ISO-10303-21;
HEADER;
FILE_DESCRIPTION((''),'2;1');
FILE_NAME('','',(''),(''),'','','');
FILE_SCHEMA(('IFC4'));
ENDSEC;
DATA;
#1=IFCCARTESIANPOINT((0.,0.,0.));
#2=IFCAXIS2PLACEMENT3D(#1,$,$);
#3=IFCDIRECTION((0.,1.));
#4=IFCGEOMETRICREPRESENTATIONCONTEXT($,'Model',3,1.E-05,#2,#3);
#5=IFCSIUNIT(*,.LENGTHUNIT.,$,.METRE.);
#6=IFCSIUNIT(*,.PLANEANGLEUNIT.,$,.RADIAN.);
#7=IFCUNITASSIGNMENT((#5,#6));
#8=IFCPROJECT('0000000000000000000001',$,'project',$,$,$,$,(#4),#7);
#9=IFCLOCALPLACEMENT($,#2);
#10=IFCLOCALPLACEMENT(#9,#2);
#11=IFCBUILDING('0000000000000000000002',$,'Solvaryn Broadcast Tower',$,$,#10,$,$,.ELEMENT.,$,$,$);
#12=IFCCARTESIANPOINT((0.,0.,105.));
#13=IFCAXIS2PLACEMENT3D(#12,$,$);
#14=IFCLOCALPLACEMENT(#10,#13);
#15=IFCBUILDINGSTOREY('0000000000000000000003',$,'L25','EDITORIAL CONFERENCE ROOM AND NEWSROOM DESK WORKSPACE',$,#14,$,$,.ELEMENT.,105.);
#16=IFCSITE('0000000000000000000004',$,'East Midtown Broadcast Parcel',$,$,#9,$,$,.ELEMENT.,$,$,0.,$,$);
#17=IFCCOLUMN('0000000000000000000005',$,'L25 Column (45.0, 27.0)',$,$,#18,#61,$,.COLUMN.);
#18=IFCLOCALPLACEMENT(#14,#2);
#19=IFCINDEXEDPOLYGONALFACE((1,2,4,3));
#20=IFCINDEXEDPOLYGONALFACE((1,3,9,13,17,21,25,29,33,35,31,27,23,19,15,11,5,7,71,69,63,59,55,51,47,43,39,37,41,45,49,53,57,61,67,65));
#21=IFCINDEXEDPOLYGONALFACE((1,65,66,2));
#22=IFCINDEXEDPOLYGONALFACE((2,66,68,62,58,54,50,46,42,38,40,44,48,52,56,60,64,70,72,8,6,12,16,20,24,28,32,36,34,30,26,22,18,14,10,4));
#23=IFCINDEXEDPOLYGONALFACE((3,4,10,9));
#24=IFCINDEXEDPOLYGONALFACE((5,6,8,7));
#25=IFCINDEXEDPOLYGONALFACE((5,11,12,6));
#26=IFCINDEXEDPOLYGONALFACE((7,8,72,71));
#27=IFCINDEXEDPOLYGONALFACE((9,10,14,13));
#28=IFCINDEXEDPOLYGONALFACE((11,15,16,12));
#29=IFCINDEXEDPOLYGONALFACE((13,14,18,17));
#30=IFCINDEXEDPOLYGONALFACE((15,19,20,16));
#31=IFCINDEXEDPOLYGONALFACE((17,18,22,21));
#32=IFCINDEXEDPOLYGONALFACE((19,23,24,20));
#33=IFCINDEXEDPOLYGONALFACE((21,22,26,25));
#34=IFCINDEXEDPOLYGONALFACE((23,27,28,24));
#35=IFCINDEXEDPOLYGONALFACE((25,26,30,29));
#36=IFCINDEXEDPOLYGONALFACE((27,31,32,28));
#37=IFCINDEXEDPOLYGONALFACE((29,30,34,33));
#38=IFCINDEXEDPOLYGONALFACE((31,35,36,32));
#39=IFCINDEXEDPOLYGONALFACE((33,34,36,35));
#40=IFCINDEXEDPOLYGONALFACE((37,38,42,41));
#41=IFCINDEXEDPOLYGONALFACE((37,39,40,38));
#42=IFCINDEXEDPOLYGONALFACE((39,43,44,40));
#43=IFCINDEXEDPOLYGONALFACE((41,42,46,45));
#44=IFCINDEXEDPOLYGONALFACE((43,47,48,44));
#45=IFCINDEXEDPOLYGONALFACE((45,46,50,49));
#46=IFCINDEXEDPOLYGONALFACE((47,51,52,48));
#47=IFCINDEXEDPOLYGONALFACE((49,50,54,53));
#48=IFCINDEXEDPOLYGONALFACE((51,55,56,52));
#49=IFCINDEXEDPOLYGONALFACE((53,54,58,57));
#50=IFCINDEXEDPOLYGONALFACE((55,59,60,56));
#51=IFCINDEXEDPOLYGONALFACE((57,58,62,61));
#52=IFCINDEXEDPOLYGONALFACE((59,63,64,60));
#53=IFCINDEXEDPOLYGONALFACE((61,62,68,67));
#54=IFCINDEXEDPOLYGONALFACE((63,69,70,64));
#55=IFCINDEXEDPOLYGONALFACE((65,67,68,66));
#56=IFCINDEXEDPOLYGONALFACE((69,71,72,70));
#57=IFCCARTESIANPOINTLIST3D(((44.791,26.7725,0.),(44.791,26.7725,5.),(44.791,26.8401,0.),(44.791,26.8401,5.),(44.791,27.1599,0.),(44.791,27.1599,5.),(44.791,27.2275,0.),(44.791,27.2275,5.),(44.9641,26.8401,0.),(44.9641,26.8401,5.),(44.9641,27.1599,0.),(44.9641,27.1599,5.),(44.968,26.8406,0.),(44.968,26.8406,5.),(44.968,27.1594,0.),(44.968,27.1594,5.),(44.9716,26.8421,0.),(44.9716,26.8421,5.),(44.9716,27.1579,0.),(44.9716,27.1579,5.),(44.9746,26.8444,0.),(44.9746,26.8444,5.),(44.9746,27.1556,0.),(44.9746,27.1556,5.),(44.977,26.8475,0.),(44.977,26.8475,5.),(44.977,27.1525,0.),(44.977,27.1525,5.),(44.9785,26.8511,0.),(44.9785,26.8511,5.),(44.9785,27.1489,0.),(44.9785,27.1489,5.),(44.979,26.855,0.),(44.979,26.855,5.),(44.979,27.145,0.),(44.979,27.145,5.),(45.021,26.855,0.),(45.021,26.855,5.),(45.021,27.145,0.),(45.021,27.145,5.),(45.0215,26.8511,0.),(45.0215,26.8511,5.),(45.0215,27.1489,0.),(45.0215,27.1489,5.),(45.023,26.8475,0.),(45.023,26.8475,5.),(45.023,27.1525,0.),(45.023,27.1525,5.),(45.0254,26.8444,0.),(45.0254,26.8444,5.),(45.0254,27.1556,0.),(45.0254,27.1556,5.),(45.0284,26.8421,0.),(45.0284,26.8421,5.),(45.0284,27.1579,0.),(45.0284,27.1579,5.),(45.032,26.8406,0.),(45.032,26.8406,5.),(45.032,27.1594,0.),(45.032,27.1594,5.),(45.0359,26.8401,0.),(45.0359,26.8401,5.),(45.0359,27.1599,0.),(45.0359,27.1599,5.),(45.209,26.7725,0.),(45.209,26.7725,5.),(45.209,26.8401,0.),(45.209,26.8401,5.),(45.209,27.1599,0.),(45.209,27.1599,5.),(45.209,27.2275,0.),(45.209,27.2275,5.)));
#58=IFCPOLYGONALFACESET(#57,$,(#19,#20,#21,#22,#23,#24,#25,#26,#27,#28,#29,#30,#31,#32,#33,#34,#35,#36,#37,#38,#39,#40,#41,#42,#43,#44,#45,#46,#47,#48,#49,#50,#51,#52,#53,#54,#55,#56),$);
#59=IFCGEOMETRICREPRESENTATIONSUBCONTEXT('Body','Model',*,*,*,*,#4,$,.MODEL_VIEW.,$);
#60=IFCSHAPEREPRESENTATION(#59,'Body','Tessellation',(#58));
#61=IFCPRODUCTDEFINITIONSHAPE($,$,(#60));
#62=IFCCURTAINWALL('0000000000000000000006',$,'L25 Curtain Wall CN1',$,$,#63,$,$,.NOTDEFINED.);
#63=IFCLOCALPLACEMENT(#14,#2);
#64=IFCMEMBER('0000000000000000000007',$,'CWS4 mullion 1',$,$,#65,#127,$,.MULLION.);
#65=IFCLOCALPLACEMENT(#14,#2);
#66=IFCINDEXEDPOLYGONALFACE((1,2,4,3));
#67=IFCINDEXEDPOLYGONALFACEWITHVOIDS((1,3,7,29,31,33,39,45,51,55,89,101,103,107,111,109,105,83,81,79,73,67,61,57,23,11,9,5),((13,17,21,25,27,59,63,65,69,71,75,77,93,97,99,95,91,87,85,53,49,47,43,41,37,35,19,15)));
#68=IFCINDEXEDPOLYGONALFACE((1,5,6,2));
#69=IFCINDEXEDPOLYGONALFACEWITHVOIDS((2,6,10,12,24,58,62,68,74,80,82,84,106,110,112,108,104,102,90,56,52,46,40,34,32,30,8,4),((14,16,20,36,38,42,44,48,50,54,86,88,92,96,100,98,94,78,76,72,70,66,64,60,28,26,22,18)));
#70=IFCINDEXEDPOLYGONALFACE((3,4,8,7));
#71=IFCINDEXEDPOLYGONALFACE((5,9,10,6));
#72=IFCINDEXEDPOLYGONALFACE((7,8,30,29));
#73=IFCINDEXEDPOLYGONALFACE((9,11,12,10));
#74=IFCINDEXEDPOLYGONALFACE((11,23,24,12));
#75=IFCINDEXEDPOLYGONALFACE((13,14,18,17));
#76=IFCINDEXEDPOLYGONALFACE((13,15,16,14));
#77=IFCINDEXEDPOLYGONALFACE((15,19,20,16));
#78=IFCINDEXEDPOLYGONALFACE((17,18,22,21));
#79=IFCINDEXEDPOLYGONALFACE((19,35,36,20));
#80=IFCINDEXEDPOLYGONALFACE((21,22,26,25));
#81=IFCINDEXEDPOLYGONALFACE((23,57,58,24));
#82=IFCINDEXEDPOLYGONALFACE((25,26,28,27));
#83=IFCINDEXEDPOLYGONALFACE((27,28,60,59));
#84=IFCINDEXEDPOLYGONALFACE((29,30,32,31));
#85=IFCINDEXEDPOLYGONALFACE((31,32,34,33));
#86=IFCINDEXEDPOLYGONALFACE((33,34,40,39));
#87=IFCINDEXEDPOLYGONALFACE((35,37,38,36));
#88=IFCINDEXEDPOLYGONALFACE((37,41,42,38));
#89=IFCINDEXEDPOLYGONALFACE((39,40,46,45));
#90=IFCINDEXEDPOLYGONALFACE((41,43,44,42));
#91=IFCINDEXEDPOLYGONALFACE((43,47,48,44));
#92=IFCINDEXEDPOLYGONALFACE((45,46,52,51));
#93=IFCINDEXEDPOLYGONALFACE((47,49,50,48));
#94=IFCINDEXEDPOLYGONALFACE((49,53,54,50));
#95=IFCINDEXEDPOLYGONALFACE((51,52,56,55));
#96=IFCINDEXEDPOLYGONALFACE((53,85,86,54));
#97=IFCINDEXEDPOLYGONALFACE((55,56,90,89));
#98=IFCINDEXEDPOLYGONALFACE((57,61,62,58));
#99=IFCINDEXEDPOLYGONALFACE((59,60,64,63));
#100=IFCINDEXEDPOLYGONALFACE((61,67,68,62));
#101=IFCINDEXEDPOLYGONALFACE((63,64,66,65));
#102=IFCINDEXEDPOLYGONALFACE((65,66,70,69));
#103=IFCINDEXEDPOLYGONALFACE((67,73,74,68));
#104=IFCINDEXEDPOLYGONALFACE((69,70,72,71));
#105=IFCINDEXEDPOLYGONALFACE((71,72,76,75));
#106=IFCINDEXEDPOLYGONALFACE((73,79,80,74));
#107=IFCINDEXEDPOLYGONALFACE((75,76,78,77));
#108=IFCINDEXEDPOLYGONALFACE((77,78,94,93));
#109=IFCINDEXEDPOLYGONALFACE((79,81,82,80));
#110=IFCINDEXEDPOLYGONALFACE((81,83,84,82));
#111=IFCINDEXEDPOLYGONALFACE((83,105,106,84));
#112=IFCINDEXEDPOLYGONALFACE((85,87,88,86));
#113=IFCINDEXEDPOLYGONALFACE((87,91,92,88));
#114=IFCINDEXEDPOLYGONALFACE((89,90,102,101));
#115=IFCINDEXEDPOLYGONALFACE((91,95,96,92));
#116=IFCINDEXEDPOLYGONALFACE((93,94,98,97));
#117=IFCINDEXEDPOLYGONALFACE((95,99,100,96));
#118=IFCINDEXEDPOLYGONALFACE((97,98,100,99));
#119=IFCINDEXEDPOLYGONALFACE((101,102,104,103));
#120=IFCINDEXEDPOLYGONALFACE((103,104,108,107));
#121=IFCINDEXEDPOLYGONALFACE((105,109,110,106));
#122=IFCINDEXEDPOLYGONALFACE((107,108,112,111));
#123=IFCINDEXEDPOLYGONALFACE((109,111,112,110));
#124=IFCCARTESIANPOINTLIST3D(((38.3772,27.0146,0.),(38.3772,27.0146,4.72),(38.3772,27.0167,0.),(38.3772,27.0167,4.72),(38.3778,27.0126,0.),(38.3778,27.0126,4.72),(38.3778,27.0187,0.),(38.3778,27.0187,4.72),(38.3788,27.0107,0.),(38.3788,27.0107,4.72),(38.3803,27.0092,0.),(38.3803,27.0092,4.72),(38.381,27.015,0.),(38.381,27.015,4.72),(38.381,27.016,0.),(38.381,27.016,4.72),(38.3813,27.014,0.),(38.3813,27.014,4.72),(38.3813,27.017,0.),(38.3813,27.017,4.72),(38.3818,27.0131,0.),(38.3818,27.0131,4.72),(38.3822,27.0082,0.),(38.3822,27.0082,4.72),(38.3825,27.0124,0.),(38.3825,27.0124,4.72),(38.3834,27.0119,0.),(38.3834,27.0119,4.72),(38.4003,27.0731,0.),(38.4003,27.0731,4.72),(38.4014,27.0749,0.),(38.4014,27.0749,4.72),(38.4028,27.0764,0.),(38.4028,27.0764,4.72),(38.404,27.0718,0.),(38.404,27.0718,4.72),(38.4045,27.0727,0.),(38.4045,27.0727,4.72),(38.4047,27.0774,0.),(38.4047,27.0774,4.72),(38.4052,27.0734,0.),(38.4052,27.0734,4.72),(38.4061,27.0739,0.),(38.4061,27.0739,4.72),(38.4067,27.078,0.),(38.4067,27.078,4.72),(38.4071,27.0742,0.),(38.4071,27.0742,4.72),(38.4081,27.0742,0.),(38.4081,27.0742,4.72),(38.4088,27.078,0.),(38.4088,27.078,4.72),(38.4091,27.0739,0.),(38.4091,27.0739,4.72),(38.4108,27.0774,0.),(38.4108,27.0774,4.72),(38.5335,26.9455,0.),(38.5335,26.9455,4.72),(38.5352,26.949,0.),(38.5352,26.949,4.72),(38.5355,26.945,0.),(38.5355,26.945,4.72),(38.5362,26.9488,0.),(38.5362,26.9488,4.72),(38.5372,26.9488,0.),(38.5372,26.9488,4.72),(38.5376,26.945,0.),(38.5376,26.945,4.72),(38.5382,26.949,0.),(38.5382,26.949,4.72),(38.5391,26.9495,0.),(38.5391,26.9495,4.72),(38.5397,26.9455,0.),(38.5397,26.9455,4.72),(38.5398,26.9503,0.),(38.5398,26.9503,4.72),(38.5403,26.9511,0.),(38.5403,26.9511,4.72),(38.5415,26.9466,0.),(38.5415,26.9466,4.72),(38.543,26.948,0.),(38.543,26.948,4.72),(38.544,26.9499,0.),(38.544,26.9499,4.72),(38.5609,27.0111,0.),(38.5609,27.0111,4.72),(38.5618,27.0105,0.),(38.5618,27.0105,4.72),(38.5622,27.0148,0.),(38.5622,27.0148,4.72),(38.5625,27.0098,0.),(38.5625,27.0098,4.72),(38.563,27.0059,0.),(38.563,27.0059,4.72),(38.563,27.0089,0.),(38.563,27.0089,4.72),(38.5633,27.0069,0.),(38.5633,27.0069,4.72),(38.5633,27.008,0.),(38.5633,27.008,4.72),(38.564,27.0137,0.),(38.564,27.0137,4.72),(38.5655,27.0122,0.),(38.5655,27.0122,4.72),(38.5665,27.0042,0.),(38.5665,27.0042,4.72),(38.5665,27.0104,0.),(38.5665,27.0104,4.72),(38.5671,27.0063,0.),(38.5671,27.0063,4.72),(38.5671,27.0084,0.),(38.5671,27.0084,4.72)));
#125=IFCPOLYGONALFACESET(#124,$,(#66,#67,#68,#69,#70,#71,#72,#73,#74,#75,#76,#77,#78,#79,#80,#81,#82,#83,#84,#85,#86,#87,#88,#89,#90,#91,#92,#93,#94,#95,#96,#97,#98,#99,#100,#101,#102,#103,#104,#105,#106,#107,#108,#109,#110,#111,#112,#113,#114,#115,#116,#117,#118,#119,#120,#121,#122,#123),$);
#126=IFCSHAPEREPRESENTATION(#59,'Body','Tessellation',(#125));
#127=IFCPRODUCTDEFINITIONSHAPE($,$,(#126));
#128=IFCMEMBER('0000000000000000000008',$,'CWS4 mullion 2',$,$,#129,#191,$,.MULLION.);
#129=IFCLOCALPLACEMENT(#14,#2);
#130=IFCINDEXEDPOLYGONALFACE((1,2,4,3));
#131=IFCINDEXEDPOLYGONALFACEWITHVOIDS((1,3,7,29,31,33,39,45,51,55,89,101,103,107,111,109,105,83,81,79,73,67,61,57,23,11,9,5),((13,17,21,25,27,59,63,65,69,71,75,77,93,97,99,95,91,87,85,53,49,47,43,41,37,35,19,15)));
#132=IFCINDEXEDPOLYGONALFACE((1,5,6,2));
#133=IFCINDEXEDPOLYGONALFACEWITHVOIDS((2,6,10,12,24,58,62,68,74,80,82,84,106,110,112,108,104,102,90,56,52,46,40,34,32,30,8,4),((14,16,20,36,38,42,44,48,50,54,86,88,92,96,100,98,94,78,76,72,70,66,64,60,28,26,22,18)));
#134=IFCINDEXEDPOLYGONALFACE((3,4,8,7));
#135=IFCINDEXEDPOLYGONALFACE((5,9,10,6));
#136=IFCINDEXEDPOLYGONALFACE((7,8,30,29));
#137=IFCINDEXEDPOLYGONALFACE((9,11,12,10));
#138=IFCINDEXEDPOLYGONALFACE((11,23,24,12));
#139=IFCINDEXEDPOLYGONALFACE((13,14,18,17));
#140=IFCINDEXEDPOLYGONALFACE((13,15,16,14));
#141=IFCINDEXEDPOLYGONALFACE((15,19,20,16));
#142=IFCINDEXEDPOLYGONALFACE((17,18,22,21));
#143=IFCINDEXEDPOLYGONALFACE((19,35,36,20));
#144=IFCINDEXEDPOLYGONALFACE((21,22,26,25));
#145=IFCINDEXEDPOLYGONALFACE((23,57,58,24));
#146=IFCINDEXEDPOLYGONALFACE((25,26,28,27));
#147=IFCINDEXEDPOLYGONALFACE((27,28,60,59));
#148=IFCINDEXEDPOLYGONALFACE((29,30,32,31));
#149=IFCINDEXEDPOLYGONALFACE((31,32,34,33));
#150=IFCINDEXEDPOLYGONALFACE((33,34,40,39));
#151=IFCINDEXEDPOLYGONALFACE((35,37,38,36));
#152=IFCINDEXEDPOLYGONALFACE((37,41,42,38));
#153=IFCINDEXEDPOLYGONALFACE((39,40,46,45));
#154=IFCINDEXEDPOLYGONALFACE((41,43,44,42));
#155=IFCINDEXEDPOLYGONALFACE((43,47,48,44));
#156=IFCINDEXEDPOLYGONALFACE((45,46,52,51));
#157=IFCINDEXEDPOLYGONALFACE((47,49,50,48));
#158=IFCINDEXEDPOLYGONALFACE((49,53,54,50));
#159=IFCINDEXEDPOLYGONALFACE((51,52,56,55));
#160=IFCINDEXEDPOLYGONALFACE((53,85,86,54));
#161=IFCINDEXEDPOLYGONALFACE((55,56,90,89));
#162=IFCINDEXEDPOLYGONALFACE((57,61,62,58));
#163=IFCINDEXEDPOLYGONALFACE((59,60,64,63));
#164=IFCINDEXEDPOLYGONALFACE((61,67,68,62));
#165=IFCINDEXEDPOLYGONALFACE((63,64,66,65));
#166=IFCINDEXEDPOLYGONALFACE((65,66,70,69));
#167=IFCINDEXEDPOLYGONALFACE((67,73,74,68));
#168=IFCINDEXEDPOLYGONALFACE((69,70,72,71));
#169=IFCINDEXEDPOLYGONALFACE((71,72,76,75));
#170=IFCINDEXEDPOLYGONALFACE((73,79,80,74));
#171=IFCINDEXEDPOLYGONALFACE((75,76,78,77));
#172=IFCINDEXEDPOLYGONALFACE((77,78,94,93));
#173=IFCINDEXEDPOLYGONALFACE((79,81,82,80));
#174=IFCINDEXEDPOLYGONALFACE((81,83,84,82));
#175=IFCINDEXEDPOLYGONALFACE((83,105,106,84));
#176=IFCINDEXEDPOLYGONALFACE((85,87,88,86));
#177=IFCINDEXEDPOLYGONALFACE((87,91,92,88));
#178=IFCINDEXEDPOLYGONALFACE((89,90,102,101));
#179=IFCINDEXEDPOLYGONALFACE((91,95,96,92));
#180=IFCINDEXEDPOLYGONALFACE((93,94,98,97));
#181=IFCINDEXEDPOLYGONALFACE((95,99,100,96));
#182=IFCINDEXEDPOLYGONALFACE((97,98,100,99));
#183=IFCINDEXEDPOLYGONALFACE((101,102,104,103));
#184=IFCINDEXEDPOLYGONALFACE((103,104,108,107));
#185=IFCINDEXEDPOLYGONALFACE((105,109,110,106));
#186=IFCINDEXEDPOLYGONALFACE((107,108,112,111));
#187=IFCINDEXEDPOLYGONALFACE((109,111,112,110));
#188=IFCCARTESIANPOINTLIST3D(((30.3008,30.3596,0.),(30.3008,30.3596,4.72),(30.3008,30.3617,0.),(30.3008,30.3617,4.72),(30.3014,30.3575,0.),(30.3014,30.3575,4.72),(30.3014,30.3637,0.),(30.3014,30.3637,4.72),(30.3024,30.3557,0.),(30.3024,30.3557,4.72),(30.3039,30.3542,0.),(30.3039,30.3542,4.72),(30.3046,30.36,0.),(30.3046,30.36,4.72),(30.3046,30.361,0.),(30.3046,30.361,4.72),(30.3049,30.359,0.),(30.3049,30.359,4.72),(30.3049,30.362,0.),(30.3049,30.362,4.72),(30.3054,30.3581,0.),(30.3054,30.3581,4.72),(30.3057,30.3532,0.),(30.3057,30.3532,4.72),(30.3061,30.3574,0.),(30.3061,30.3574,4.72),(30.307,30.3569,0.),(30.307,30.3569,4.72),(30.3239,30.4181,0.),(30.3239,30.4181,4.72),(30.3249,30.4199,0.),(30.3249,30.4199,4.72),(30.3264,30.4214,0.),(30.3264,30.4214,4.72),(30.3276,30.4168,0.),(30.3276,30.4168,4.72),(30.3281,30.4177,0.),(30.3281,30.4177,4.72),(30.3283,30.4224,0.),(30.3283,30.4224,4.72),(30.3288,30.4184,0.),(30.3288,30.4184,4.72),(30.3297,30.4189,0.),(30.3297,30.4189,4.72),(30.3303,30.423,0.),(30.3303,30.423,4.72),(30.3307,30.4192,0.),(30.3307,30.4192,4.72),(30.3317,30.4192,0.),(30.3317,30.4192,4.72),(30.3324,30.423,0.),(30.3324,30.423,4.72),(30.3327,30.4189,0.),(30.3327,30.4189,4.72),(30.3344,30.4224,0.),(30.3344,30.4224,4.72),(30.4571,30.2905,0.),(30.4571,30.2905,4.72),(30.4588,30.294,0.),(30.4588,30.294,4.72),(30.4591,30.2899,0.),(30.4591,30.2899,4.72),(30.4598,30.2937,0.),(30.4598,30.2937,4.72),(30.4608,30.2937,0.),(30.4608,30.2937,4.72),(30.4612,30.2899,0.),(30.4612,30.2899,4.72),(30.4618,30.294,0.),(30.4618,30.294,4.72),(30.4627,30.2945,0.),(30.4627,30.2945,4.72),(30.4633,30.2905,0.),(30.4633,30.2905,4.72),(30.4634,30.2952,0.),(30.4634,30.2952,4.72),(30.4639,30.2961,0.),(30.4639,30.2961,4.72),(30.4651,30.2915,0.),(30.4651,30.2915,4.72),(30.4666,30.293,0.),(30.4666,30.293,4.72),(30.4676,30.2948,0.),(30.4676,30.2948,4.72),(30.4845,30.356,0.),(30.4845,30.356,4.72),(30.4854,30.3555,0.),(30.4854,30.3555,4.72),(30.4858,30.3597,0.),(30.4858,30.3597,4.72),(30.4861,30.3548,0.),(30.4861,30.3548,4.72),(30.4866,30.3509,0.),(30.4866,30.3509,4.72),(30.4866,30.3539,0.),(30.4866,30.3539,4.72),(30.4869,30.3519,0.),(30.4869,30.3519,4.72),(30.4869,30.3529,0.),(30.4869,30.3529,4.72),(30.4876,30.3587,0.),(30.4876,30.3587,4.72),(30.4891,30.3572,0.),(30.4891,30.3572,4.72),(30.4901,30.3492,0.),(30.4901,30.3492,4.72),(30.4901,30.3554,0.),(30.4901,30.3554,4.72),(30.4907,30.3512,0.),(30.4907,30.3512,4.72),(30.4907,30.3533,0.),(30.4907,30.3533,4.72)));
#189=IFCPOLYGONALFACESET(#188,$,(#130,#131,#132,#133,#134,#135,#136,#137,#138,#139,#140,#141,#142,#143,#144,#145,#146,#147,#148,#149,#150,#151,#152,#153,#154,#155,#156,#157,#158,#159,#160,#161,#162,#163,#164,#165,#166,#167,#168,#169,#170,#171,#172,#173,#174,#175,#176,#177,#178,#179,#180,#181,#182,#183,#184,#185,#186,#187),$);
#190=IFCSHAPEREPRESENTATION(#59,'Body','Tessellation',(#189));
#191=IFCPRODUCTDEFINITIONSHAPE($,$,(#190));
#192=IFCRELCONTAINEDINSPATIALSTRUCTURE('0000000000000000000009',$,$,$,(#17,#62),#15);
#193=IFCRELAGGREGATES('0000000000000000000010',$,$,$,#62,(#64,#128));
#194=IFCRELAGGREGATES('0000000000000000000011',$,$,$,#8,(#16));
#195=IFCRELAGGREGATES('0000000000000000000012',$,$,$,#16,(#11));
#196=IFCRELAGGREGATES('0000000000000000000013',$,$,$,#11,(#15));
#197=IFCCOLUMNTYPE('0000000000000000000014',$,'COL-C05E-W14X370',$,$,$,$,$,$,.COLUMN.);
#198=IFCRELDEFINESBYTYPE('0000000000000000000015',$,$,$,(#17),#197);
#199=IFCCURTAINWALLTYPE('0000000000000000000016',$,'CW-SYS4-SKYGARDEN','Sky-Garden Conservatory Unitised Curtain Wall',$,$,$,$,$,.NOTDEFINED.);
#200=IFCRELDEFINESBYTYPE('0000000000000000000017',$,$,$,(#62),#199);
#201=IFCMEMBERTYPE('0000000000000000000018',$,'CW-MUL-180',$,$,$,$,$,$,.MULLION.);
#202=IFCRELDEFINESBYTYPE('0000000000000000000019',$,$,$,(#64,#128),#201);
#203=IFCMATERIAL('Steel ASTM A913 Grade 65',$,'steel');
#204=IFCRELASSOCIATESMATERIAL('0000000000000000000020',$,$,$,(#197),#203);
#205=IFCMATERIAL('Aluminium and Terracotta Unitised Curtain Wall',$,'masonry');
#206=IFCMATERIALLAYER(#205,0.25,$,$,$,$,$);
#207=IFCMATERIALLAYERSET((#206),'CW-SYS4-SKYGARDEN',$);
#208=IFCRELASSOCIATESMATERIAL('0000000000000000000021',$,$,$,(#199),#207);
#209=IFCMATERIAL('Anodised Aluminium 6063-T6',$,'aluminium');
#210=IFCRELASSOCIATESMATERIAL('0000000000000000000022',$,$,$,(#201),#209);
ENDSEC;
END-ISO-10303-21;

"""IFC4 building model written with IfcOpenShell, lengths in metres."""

from ifc_helpers import new_model, si_unit, direction, frame, origin, origin_2d, place, context, subcontext, project, spatial, hollow_rectangle, i_section, extrude, material, layer, layer_set, material_profile, profile_set, type_object, element, aggregate, save


model = new_model("IFC4")

# Units and contexts
model_context = context("Model", 3, precision=1e-05, world=origin(), true_north=direction((0.0, 1.0)))
body_context = subcontext(model_context, "Body", "Model", "MODEL_VIEW")
ifc_project = project(units=[si_unit("LENGTHUNIT", "METRE"), si_unit("PLANEANGLEUNIT", "RADIAN")], contexts=[model_context])

# Site, building, storey
site_placement = place(None, origin())
site = spatial("IfcSite", under=ifc_project, at=site_placement, Name="East Midtown Broadcast Parcel", CompositionType="ELEMENT", RefElevation=0.0)
building_placement = place(site_placement, origin())
building = spatial("IfcBuilding", under=site, at=building_placement, Name="Solvaryn Broadcast Tower", CompositionType="ELEMENT")
storey_placement = place(building_placement, frame((0.0, 0.0, 105.0)))
storey = spatial("IfcBuildingStorey", under=building, at=storey_placement, Name="L25", Description="EDITORIAL CONFERENCE ROOM AND NEWSROOM DESK WORKSPACE", CompositionType="ELEMENT", Elevation=105.0)

# Column
ifc_material_1 = material(Name="Steel ASTM A913 Grade 65", Category="steel")
ifc_material_profile_1 = material_profile(ifc_material_1, i_section(OverallWidth=0.418, OverallDepth=0.4551, WebThickness=0.042, FlangeThickness=0.0676, FilletRadius=0.0149, at=origin_2d()))
ifc_profile_set_1 = profile_set([ifc_material_profile_1], Name="Steel ASTM A913 Grade 65")
column_type = type_object("IfcColumnType", Name="COL-C05E-W14X370", PredefinedType="COLUMN", material=ifc_profile_set_1)
column_placement = place(storey_placement, frame((45.0, 27.0, 0.0), z_axis=(0.0, 0.0, 1.0), x_axis=(1.0, 0.0, 0.0)))
element("IfcColumn", 1, at=column_placement, inside=storey, type_object=column_type, Name="L25 Column (45.0, 27.0)", PredefinedType="COLUMN", context=body_context, shape_type="SweptSolid", body=[
    extrude(i_section(OverallWidth=0.418, OverallDepth=0.4551, WebThickness=0.042, FlangeThickness=0.0676, FilletRadius=0.0149, at=origin_2d()), origin(), (0.0, 0.0, 1.0), 5.0),
])

# Curtain wall, members
ifc_material_2 = material(Name="Aluminium and Terracotta Unitised Curtain Wall", Category="masonry")
ifc_layer_1 = layer(ifc_material_2, 0.25)
ifc_layer_set_1 = layer_set([ifc_layer_1], Name="CW-SYS4-SKYGARDEN")
curtain_wall_type = type_object("IfcCurtainWallType", Name="CW-SYS4-SKYGARDEN", Description="Sky-Garden Conservatory Unitised Curtain Wall", PredefinedType="NOTDEFINED", material=ifc_layer_set_1)
curtain_wall_1_placement = place(storey_placement, origin())
curtain_wall_1 = element("IfcCurtainWall", 2, at=curtain_wall_1_placement, inside=storey, type_object=curtain_wall_type, Name="L25 Curtain Wall CN1", PredefinedType="NOTDEFINED")
ifc_material_3 = material(Name="Anodised Aluminium 6063-T6", Category="aluminium")
ifc_material_profile_2 = material_profile(ifc_material_3, hollow_rectangle(XDim=0.075, YDim=0.1799, WallThickness=0.0039, InnerFilletRadius=0.0039, OuterFilletRadius=0.0081, at=origin_2d()))
ifc_profile_set_2 = profile_set([ifc_material_profile_2], Name="Anodised Aluminium 6063-T6")
member_type_1 = type_object("IfcMemberType", Name="CW-MUL-180", PredefinedType="MULLION", material=ifc_profile_set_2)
member_1_placement = place(storey_placement, frame((38.4722, 27.0115, 0.0), z_axis=(0.0, 0.0, 1.0), x_axis=(-0.382646, -0.923895, 0.0)))
member_1 = element("IfcMember", 3, at=member_1_placement, type_object=member_type_1, Name="CWS4 mullion 1", PredefinedType="MULLION", context=body_context, shape_type="SweptSolid", body=[
    extrude(hollow_rectangle(XDim=0.075, YDim=0.1799, WallThickness=0.0039, InnerFilletRadius=0.0039, OuterFilletRadius=0.0081, at=origin_2d()), origin(), (0.0, 0.0, 1.0), 4.72),
])
member_2_placement = place(storey_placement, frame((30.3958, 30.3564, 0.0), z_axis=(0.0, 0.0, 1.0), x_axis=(-0.382646, -0.923895, 0.0)))
member_2 = element("IfcMember", 4, at=member_2_placement, type_object=member_type_1, Name="CWS4 mullion 2", PredefinedType="MULLION", context=body_context, shape_type="SweptSolid", body=[
    extrude(hollow_rectangle(XDim=0.075, YDim=0.1799, WallThickness=0.0039, InnerFilletRadius=0.0039, OuterFilletRadius=0.0081, at=origin_2d()), origin(), (0.0, 0.0, 1.0), 4.72),
])

aggregate(curtain_wall_1, [member_1, member_2])

save(model, "model.ifc")
